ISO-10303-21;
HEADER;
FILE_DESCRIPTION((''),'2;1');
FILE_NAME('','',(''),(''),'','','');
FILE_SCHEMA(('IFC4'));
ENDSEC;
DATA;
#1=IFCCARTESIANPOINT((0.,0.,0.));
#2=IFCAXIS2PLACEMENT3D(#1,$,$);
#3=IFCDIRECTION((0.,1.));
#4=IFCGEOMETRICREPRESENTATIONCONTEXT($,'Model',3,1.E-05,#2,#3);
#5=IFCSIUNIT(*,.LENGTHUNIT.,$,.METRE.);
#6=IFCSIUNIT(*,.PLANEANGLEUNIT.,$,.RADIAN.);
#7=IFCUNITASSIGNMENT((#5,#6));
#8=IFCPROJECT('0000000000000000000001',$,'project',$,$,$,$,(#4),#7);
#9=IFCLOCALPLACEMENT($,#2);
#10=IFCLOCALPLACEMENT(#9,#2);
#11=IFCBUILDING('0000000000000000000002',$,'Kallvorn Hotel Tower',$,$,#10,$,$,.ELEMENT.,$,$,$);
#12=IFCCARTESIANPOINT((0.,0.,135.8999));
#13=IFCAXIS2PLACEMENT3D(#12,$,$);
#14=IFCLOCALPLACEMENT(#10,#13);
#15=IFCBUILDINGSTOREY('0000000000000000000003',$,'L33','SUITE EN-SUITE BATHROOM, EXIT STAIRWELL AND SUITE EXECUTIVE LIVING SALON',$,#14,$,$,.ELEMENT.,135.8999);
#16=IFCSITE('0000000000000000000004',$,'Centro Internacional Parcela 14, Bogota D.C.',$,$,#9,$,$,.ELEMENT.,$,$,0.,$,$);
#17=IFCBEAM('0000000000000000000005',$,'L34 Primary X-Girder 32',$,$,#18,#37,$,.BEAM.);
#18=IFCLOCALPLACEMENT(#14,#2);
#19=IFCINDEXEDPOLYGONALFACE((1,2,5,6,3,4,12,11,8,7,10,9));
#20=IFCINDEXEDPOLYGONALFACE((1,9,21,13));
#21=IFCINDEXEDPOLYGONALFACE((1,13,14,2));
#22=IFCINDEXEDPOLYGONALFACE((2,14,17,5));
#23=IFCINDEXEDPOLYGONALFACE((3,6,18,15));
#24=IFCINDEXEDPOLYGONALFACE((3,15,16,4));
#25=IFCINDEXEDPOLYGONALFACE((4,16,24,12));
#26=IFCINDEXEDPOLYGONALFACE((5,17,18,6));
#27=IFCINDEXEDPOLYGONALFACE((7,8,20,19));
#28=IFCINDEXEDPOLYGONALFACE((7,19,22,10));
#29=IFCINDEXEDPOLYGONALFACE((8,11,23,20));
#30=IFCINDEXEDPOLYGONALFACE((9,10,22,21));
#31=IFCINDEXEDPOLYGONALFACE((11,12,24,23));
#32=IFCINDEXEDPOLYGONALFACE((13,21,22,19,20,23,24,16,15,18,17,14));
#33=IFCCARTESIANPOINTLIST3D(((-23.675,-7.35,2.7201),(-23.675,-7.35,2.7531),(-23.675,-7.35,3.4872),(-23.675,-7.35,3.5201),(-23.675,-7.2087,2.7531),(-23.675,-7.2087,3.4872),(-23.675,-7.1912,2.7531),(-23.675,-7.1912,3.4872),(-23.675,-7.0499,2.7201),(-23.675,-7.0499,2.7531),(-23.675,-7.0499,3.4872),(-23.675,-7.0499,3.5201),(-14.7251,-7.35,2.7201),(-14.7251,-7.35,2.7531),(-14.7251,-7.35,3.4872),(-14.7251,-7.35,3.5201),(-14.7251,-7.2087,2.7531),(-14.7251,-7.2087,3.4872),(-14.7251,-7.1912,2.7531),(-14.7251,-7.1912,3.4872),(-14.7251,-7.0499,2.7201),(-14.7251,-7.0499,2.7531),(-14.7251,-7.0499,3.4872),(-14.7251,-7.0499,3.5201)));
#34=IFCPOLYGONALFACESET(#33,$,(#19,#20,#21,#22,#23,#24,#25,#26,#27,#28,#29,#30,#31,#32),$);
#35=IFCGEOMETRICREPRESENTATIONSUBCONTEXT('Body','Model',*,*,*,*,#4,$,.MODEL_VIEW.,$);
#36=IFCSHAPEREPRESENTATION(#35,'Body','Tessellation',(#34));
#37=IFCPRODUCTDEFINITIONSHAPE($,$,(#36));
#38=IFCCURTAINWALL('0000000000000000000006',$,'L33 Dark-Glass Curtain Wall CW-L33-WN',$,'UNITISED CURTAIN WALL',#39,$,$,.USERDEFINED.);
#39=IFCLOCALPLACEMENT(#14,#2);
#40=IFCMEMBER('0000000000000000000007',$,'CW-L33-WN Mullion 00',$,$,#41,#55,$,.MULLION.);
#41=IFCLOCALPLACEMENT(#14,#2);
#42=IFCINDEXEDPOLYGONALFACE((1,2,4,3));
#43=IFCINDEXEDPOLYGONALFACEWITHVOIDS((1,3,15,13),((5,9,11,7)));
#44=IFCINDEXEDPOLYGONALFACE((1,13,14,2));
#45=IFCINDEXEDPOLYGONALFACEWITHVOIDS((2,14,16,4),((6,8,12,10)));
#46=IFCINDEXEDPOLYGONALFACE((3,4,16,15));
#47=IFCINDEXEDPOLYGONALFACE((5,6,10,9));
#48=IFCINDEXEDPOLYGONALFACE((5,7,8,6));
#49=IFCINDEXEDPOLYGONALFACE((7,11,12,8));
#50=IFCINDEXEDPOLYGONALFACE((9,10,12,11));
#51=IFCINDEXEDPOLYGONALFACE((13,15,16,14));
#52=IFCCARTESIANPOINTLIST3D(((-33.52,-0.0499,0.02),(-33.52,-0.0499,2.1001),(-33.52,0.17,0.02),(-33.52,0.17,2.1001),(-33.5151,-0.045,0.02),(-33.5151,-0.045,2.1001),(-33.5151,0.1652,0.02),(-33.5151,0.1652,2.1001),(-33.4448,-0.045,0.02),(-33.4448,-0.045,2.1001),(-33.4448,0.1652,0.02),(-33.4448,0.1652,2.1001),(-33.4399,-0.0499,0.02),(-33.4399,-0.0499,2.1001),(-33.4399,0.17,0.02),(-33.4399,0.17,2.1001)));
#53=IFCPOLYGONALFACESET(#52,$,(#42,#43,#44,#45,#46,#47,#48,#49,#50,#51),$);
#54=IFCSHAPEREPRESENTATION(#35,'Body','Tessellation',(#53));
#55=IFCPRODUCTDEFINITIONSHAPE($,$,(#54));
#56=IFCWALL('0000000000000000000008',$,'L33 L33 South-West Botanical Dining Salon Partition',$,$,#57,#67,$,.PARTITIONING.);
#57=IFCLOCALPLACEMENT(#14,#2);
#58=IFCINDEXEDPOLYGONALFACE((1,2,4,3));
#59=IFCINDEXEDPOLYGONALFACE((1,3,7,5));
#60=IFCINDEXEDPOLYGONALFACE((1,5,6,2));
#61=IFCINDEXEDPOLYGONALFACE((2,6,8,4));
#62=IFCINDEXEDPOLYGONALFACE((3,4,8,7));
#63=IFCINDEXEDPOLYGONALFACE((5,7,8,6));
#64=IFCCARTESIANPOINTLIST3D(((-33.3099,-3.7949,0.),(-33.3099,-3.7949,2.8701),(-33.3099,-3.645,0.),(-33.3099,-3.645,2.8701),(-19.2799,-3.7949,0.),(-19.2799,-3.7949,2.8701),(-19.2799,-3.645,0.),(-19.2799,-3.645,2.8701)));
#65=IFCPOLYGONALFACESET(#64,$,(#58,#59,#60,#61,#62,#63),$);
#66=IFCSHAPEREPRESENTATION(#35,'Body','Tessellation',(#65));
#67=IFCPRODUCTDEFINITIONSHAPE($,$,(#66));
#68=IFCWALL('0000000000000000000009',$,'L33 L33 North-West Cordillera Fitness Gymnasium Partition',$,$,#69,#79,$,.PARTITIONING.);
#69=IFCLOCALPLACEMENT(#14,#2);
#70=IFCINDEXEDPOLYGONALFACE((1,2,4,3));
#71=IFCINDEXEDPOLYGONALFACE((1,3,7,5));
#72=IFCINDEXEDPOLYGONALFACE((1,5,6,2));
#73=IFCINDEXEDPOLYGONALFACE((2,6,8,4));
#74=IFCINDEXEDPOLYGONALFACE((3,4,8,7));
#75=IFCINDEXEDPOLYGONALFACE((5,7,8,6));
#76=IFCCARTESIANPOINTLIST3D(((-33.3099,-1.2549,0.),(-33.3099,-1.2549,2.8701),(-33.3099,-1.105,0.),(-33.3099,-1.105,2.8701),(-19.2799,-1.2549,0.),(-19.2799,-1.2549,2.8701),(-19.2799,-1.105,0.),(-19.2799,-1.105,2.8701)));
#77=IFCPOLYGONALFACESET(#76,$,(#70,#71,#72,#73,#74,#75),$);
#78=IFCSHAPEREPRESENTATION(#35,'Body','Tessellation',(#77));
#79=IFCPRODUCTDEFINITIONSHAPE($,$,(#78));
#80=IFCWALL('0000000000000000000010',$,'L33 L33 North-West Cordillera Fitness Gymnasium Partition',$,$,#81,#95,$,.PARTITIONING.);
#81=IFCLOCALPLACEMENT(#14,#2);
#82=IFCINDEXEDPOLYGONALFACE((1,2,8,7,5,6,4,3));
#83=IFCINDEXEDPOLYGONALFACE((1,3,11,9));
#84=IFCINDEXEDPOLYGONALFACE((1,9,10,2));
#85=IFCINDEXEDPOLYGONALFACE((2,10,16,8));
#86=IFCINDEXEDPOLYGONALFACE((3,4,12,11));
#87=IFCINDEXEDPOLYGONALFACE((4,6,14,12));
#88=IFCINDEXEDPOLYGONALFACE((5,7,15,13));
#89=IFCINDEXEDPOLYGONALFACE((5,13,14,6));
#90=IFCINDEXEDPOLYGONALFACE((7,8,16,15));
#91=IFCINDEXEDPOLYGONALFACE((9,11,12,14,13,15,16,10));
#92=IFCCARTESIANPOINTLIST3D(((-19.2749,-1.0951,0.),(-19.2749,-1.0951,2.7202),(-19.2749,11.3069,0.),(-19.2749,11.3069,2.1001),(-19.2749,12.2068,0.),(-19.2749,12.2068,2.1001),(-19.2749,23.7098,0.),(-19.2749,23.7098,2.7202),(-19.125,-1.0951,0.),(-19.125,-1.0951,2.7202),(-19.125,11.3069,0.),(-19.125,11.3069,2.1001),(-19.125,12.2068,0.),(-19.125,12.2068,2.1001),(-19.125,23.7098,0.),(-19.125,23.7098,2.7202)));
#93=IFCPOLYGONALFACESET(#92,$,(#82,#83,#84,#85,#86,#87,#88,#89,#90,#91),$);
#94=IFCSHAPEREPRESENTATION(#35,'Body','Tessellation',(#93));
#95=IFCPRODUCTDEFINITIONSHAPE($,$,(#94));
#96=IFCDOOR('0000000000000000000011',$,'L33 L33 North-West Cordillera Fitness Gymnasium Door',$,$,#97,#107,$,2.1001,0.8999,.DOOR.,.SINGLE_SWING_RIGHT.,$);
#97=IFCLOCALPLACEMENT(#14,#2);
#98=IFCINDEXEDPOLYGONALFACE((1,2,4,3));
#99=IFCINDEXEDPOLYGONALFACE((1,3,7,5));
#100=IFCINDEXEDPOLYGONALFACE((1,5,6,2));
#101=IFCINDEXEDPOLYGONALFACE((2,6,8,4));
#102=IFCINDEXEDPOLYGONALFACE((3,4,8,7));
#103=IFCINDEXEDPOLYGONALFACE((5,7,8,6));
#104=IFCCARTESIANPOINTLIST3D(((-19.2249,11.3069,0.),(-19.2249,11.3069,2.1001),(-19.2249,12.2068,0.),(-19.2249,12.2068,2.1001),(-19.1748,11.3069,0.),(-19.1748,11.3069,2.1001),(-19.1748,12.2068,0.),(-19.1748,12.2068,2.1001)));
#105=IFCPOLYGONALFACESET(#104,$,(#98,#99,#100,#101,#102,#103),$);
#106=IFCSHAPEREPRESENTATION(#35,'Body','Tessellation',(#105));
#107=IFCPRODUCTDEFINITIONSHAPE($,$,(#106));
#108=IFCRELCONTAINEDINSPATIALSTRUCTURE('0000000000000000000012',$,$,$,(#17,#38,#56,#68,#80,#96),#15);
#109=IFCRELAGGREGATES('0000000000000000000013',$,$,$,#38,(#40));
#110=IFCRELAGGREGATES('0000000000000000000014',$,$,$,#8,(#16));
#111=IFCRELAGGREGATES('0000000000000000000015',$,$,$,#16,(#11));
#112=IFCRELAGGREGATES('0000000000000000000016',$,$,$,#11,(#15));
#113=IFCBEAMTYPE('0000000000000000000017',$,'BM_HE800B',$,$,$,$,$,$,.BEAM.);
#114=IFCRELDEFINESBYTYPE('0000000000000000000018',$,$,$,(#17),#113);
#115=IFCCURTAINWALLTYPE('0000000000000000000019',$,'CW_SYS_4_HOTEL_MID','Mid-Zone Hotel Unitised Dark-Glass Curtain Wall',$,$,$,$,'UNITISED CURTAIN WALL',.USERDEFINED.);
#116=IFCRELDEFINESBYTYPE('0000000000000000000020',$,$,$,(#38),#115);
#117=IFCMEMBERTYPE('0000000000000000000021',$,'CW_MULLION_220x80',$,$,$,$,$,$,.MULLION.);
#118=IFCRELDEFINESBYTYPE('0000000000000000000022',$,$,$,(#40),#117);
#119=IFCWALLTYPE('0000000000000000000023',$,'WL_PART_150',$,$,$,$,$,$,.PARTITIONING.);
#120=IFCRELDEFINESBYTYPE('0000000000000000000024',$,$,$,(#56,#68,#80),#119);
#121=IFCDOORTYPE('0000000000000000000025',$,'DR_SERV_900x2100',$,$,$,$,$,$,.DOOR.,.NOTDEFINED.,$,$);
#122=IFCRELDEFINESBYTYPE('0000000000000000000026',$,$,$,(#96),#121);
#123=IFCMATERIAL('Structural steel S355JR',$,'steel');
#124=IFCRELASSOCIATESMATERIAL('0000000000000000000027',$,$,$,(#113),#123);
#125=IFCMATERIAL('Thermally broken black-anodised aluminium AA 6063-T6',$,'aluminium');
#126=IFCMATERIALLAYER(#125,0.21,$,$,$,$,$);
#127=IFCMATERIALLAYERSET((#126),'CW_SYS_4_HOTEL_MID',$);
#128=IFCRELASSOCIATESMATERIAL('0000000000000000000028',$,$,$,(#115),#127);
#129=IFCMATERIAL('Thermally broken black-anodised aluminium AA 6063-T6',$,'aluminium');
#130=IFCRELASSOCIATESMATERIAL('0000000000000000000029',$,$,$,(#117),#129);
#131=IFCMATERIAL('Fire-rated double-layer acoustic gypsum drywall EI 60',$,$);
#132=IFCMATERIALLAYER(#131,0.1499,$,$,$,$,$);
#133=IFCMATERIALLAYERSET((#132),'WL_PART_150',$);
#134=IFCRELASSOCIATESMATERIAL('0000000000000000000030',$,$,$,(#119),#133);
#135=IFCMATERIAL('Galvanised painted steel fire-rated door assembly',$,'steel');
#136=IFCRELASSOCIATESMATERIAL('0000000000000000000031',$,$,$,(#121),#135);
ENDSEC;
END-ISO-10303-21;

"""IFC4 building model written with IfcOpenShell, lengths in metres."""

from ifc_helpers import new_model, si_unit, direction, frame, frame_2d, origin, origin_2d, place, context, subcontext, project, spatial, rectangle, hollow_rectangle, i_section, extrude, material, layer, layer_set, material_profile, profile_set, type_object, element, fill, aggregate, save


model = new_model("IFC4")

# Units and contexts
model_context = context("Model", 3, precision=1e-05, world=origin(), true_north=direction((0.0, 1.0)))
body_context = subcontext(model_context, "Body", "Model", "MODEL_VIEW")
ifc_project = project(units=[si_unit("LENGTHUNIT", "METRE"), si_unit("PLANEANGLEUNIT", "RADIAN")], contexts=[model_context])

# Site, building, storey
site_placement = place(None, origin())
site = spatial("IfcSite", under=ifc_project, at=site_placement, Name="Centro Internacional Parcela 14, Bogota D.C.", CompositionType="ELEMENT", RefElevation=0.0)
building_placement = place(site_placement, origin())
building = spatial("IfcBuilding", under=site, at=building_placement, Name="Kallvorn Hotel Tower", CompositionType="ELEMENT")
storey_placement = place(building_placement, frame((0.0, 0.0, 135.8999)))
storey = spatial("IfcBuildingStorey", under=building, at=storey_placement, Name="L33", Description="SUITE EN-SUITE BATHROOM, EXIT STAIRWELL AND SUITE EXECUTIVE LIVING SALON", CompositionType="ELEMENT", Elevation=135.8999)

# Beam
ifc_material_1 = material(Name="Structural steel S355JR", Category="steel")
ifc_material_profile_1 = material_profile(ifc_material_1, i_section(OverallWidth=0.3, OverallDepth=0.8, WebThickness=0.0176, FlangeThickness=0.033, at=origin_2d()), Name="HE 800 B")
ifc_profile_set_1 = profile_set([ifc_material_profile_1], Name="Structural steel S355JR")
beam_type_1 = type_object("IfcBeamType", Name="BM_HE800B", PredefinedType="BEAM", material=ifc_profile_set_1)
beam_1_placement = place(storey_placement, frame((-23.675, -7.2, 3.1201), z_axis=(1.0, 0.0, 0.0), x_axis=(0.0, 1.0, 0.0)))
element("IfcBeam", 1, at=beam_1_placement, inside=storey, type_object=beam_type_1, Name="L34 Primary X-Girder 32", PredefinedType="BEAM", context=body_context, shape_type="SweptSolid", body=[
    extrude(i_section(OverallWidth=0.3, OverallDepth=0.8, WebThickness=0.0176, FlangeThickness=0.033, at=origin_2d()), origin(), (0.0, 0.0, 1.0), 8.95),
])

# Curtain wall, member
ifc_material_2 = material(Name="Thermally broken black-anodised aluminium AA 6063-T6", Category="aluminium")
ifc_layer_1 = layer(ifc_material_2, 0.21)
ifc_layer_set_1 = layer_set([ifc_layer_1], Name="CW_SYS_4_HOTEL_MID")
curtain_wall_type = type_object("IfcCurtainWallType", Name="CW_SYS_4_HOTEL_MID", Description="Mid-Zone Hotel Unitised Dark-Glass Curtain Wall", ElementType="UNITISED CURTAIN WALL", PredefinedType="USERDEFINED", material=ifc_layer_set_1)
curtain_wall_placement = place(storey_placement, origin())
curtain_wall = element("IfcCurtainWall", 2, at=curtain_wall_placement, inside=storey, type_object=curtain_wall_type, Name="L33 Dark-Glass Curtain Wall CW-L33-WN", ObjectType="UNITISED CURTAIN WALL", PredefinedType="USERDEFINED")
ifc_material_3 = material(Name="Thermally broken black-anodised aluminium AA 6063-T6", Category="aluminium")
ifc_material_profile_2 = material_profile(ifc_material_3, hollow_rectangle(XDim=0.0801, YDim=0.22, WallThickness=0.0049, at=origin_2d()), Name="MUL 220x80")
ifc_profile_set_2 = profile_set([ifc_material_profile_2], Name="Thermally broken black-anodised aluminium AA 6063-T6")
member_type = type_object("IfcMemberType", Name="CW_MULLION_220x80", PredefinedType="MULLION", material=ifc_profile_set_2)
member_placement = place(storey_placement, frame((-33.48, 0.0601, 0.02), z_axis=(0.0, 0.0, 1.0), x_axis=(1.0, 0.0, 0.0)))
member = element("IfcMember", 3, at=member_placement, type_object=member_type, Name="CW-L33-WN Mullion 00", PredefinedType="MULLION", context=body_context, shape_type="SweptSolid", body=[
    extrude(hollow_rectangle(XDim=0.0801, YDim=0.22, WallThickness=0.0049, at=origin_2d()), origin(), (0.0, 0.0, 1.0), 2.0801),
])
aggregate(curtain_wall, [member])

# Walls
ifc_material_4 = material(Name="Fire-rated double-layer acoustic gypsum drywall EI 60")
ifc_layer_2 = layer(ifc_material_4, 0.1499)
ifc_layer_set_2 = layer_set([ifc_layer_2], Name="WL_PART_150")
wall_type = type_object("IfcWallType", Name="WL_PART_150", PredefinedType="PARTITIONING", material=ifc_layer_set_2)
for number, where, z_axis, x_axis, name in (
    (4, (-33.3101, -3.72, 0.0), (0.0, 0.0, 1.0), (1.0, 0.0, 0.0), "L33 L33 South-West Botanical Dining Salon Partition"),
    (5, (-33.3101, -1.1799, 0.0), (0.0, 0.0, 1.0), (1.0, 0.0, 0.0), "L33 L33 North-West Cordillera Fitness Gymnasium Partition"),
):
    element("IfcWall", number, at=place(storey_placement, frame(where, z_axis=z_axis, x_axis=x_axis)), inside=storey, type_object=wall_type, Name=name, PredefinedType="PARTITIONING", context=body_context, shape_type="SweptSolid", body=[
        extrude(rectangle(XDim=14.03, YDim=0.1499, at=frame_2d((7.0151, 0.0))), origin(), (0.0, 0.0, 1.0), 2.8701),
    ])

# Wall, opening, door
wall_placement = place(storey_placement, frame((-19.2, -1.095, 0.0), z_axis=(0.0, 0.0, 1.0), x_axis=(0.0, 1.0, 0.0)))
wall = element("IfcWall", 6, at=wall_placement, inside=storey, type_object=wall_type, Name="L33 L33 North-West Cordillera Fitness Gymnasium Partition", PredefinedType="PARTITIONING", context=body_context, shape_type="SweptSolid", body=[
    extrude(rectangle(XDim=24.8049, YDim=0.1499, at=frame_2d((12.4023, 0.0))), origin(), (0.0, 0.0, 1.0), 2.7202),
])
opening_placement = place(wall_placement, frame((12.4019, 0.0, 0.0)))
opening = element("IfcOpeningElement", 7, at=opening_placement, cuts=wall, PredefinedType="OPENING", context=body_context, shape_type="SweptSolid", body=[
    extrude(rectangle(XDim=0.8999, YDim=2.1001, at=frame_2d((0.45, 1.05))), frame((0.0, 0.0898, 0.0), z_axis=(0.0, -1.0, 0.0), x_axis=(1.0, 0.0, 0.0)), (0.0, 0.0, 1.0), 0.1799),
])
ifc_material_5 = material(Name="Galvanised painted steel fire-rated door assembly", Category="steel")
door_type = type_object("IfcDoorType", Name="DR_SERV_900x2100", OperationType="NOTDEFINED", PredefinedType="DOOR", material=ifc_material_5)
door_placement = place(opening_placement, origin())
door = element("IfcDoor", 8, at=door_placement, inside=storey, type_object=door_type, Name="L33 L33 North-West Cordillera Fitness Gymnasium Door", OperationType="SINGLE_SWING_RIGHT", OverallHeight=2.1001, OverallWidth=0.8999, PredefinedType="DOOR", context=body_context, shape_type="SweptSolid", body=[
    extrude(rectangle(XDim=0.8999, YDim=2.1001, at=frame_2d((0.45, 1.05))), frame((0.0, 0.0249, 0.0), z_axis=(0.0, -1.0, 0.0), x_axis=(1.0, 0.0, 0.0)), (0.0, 0.0, 1.0), 0.05),
])
fill(opening, door)

save(model, "model.ifc")
